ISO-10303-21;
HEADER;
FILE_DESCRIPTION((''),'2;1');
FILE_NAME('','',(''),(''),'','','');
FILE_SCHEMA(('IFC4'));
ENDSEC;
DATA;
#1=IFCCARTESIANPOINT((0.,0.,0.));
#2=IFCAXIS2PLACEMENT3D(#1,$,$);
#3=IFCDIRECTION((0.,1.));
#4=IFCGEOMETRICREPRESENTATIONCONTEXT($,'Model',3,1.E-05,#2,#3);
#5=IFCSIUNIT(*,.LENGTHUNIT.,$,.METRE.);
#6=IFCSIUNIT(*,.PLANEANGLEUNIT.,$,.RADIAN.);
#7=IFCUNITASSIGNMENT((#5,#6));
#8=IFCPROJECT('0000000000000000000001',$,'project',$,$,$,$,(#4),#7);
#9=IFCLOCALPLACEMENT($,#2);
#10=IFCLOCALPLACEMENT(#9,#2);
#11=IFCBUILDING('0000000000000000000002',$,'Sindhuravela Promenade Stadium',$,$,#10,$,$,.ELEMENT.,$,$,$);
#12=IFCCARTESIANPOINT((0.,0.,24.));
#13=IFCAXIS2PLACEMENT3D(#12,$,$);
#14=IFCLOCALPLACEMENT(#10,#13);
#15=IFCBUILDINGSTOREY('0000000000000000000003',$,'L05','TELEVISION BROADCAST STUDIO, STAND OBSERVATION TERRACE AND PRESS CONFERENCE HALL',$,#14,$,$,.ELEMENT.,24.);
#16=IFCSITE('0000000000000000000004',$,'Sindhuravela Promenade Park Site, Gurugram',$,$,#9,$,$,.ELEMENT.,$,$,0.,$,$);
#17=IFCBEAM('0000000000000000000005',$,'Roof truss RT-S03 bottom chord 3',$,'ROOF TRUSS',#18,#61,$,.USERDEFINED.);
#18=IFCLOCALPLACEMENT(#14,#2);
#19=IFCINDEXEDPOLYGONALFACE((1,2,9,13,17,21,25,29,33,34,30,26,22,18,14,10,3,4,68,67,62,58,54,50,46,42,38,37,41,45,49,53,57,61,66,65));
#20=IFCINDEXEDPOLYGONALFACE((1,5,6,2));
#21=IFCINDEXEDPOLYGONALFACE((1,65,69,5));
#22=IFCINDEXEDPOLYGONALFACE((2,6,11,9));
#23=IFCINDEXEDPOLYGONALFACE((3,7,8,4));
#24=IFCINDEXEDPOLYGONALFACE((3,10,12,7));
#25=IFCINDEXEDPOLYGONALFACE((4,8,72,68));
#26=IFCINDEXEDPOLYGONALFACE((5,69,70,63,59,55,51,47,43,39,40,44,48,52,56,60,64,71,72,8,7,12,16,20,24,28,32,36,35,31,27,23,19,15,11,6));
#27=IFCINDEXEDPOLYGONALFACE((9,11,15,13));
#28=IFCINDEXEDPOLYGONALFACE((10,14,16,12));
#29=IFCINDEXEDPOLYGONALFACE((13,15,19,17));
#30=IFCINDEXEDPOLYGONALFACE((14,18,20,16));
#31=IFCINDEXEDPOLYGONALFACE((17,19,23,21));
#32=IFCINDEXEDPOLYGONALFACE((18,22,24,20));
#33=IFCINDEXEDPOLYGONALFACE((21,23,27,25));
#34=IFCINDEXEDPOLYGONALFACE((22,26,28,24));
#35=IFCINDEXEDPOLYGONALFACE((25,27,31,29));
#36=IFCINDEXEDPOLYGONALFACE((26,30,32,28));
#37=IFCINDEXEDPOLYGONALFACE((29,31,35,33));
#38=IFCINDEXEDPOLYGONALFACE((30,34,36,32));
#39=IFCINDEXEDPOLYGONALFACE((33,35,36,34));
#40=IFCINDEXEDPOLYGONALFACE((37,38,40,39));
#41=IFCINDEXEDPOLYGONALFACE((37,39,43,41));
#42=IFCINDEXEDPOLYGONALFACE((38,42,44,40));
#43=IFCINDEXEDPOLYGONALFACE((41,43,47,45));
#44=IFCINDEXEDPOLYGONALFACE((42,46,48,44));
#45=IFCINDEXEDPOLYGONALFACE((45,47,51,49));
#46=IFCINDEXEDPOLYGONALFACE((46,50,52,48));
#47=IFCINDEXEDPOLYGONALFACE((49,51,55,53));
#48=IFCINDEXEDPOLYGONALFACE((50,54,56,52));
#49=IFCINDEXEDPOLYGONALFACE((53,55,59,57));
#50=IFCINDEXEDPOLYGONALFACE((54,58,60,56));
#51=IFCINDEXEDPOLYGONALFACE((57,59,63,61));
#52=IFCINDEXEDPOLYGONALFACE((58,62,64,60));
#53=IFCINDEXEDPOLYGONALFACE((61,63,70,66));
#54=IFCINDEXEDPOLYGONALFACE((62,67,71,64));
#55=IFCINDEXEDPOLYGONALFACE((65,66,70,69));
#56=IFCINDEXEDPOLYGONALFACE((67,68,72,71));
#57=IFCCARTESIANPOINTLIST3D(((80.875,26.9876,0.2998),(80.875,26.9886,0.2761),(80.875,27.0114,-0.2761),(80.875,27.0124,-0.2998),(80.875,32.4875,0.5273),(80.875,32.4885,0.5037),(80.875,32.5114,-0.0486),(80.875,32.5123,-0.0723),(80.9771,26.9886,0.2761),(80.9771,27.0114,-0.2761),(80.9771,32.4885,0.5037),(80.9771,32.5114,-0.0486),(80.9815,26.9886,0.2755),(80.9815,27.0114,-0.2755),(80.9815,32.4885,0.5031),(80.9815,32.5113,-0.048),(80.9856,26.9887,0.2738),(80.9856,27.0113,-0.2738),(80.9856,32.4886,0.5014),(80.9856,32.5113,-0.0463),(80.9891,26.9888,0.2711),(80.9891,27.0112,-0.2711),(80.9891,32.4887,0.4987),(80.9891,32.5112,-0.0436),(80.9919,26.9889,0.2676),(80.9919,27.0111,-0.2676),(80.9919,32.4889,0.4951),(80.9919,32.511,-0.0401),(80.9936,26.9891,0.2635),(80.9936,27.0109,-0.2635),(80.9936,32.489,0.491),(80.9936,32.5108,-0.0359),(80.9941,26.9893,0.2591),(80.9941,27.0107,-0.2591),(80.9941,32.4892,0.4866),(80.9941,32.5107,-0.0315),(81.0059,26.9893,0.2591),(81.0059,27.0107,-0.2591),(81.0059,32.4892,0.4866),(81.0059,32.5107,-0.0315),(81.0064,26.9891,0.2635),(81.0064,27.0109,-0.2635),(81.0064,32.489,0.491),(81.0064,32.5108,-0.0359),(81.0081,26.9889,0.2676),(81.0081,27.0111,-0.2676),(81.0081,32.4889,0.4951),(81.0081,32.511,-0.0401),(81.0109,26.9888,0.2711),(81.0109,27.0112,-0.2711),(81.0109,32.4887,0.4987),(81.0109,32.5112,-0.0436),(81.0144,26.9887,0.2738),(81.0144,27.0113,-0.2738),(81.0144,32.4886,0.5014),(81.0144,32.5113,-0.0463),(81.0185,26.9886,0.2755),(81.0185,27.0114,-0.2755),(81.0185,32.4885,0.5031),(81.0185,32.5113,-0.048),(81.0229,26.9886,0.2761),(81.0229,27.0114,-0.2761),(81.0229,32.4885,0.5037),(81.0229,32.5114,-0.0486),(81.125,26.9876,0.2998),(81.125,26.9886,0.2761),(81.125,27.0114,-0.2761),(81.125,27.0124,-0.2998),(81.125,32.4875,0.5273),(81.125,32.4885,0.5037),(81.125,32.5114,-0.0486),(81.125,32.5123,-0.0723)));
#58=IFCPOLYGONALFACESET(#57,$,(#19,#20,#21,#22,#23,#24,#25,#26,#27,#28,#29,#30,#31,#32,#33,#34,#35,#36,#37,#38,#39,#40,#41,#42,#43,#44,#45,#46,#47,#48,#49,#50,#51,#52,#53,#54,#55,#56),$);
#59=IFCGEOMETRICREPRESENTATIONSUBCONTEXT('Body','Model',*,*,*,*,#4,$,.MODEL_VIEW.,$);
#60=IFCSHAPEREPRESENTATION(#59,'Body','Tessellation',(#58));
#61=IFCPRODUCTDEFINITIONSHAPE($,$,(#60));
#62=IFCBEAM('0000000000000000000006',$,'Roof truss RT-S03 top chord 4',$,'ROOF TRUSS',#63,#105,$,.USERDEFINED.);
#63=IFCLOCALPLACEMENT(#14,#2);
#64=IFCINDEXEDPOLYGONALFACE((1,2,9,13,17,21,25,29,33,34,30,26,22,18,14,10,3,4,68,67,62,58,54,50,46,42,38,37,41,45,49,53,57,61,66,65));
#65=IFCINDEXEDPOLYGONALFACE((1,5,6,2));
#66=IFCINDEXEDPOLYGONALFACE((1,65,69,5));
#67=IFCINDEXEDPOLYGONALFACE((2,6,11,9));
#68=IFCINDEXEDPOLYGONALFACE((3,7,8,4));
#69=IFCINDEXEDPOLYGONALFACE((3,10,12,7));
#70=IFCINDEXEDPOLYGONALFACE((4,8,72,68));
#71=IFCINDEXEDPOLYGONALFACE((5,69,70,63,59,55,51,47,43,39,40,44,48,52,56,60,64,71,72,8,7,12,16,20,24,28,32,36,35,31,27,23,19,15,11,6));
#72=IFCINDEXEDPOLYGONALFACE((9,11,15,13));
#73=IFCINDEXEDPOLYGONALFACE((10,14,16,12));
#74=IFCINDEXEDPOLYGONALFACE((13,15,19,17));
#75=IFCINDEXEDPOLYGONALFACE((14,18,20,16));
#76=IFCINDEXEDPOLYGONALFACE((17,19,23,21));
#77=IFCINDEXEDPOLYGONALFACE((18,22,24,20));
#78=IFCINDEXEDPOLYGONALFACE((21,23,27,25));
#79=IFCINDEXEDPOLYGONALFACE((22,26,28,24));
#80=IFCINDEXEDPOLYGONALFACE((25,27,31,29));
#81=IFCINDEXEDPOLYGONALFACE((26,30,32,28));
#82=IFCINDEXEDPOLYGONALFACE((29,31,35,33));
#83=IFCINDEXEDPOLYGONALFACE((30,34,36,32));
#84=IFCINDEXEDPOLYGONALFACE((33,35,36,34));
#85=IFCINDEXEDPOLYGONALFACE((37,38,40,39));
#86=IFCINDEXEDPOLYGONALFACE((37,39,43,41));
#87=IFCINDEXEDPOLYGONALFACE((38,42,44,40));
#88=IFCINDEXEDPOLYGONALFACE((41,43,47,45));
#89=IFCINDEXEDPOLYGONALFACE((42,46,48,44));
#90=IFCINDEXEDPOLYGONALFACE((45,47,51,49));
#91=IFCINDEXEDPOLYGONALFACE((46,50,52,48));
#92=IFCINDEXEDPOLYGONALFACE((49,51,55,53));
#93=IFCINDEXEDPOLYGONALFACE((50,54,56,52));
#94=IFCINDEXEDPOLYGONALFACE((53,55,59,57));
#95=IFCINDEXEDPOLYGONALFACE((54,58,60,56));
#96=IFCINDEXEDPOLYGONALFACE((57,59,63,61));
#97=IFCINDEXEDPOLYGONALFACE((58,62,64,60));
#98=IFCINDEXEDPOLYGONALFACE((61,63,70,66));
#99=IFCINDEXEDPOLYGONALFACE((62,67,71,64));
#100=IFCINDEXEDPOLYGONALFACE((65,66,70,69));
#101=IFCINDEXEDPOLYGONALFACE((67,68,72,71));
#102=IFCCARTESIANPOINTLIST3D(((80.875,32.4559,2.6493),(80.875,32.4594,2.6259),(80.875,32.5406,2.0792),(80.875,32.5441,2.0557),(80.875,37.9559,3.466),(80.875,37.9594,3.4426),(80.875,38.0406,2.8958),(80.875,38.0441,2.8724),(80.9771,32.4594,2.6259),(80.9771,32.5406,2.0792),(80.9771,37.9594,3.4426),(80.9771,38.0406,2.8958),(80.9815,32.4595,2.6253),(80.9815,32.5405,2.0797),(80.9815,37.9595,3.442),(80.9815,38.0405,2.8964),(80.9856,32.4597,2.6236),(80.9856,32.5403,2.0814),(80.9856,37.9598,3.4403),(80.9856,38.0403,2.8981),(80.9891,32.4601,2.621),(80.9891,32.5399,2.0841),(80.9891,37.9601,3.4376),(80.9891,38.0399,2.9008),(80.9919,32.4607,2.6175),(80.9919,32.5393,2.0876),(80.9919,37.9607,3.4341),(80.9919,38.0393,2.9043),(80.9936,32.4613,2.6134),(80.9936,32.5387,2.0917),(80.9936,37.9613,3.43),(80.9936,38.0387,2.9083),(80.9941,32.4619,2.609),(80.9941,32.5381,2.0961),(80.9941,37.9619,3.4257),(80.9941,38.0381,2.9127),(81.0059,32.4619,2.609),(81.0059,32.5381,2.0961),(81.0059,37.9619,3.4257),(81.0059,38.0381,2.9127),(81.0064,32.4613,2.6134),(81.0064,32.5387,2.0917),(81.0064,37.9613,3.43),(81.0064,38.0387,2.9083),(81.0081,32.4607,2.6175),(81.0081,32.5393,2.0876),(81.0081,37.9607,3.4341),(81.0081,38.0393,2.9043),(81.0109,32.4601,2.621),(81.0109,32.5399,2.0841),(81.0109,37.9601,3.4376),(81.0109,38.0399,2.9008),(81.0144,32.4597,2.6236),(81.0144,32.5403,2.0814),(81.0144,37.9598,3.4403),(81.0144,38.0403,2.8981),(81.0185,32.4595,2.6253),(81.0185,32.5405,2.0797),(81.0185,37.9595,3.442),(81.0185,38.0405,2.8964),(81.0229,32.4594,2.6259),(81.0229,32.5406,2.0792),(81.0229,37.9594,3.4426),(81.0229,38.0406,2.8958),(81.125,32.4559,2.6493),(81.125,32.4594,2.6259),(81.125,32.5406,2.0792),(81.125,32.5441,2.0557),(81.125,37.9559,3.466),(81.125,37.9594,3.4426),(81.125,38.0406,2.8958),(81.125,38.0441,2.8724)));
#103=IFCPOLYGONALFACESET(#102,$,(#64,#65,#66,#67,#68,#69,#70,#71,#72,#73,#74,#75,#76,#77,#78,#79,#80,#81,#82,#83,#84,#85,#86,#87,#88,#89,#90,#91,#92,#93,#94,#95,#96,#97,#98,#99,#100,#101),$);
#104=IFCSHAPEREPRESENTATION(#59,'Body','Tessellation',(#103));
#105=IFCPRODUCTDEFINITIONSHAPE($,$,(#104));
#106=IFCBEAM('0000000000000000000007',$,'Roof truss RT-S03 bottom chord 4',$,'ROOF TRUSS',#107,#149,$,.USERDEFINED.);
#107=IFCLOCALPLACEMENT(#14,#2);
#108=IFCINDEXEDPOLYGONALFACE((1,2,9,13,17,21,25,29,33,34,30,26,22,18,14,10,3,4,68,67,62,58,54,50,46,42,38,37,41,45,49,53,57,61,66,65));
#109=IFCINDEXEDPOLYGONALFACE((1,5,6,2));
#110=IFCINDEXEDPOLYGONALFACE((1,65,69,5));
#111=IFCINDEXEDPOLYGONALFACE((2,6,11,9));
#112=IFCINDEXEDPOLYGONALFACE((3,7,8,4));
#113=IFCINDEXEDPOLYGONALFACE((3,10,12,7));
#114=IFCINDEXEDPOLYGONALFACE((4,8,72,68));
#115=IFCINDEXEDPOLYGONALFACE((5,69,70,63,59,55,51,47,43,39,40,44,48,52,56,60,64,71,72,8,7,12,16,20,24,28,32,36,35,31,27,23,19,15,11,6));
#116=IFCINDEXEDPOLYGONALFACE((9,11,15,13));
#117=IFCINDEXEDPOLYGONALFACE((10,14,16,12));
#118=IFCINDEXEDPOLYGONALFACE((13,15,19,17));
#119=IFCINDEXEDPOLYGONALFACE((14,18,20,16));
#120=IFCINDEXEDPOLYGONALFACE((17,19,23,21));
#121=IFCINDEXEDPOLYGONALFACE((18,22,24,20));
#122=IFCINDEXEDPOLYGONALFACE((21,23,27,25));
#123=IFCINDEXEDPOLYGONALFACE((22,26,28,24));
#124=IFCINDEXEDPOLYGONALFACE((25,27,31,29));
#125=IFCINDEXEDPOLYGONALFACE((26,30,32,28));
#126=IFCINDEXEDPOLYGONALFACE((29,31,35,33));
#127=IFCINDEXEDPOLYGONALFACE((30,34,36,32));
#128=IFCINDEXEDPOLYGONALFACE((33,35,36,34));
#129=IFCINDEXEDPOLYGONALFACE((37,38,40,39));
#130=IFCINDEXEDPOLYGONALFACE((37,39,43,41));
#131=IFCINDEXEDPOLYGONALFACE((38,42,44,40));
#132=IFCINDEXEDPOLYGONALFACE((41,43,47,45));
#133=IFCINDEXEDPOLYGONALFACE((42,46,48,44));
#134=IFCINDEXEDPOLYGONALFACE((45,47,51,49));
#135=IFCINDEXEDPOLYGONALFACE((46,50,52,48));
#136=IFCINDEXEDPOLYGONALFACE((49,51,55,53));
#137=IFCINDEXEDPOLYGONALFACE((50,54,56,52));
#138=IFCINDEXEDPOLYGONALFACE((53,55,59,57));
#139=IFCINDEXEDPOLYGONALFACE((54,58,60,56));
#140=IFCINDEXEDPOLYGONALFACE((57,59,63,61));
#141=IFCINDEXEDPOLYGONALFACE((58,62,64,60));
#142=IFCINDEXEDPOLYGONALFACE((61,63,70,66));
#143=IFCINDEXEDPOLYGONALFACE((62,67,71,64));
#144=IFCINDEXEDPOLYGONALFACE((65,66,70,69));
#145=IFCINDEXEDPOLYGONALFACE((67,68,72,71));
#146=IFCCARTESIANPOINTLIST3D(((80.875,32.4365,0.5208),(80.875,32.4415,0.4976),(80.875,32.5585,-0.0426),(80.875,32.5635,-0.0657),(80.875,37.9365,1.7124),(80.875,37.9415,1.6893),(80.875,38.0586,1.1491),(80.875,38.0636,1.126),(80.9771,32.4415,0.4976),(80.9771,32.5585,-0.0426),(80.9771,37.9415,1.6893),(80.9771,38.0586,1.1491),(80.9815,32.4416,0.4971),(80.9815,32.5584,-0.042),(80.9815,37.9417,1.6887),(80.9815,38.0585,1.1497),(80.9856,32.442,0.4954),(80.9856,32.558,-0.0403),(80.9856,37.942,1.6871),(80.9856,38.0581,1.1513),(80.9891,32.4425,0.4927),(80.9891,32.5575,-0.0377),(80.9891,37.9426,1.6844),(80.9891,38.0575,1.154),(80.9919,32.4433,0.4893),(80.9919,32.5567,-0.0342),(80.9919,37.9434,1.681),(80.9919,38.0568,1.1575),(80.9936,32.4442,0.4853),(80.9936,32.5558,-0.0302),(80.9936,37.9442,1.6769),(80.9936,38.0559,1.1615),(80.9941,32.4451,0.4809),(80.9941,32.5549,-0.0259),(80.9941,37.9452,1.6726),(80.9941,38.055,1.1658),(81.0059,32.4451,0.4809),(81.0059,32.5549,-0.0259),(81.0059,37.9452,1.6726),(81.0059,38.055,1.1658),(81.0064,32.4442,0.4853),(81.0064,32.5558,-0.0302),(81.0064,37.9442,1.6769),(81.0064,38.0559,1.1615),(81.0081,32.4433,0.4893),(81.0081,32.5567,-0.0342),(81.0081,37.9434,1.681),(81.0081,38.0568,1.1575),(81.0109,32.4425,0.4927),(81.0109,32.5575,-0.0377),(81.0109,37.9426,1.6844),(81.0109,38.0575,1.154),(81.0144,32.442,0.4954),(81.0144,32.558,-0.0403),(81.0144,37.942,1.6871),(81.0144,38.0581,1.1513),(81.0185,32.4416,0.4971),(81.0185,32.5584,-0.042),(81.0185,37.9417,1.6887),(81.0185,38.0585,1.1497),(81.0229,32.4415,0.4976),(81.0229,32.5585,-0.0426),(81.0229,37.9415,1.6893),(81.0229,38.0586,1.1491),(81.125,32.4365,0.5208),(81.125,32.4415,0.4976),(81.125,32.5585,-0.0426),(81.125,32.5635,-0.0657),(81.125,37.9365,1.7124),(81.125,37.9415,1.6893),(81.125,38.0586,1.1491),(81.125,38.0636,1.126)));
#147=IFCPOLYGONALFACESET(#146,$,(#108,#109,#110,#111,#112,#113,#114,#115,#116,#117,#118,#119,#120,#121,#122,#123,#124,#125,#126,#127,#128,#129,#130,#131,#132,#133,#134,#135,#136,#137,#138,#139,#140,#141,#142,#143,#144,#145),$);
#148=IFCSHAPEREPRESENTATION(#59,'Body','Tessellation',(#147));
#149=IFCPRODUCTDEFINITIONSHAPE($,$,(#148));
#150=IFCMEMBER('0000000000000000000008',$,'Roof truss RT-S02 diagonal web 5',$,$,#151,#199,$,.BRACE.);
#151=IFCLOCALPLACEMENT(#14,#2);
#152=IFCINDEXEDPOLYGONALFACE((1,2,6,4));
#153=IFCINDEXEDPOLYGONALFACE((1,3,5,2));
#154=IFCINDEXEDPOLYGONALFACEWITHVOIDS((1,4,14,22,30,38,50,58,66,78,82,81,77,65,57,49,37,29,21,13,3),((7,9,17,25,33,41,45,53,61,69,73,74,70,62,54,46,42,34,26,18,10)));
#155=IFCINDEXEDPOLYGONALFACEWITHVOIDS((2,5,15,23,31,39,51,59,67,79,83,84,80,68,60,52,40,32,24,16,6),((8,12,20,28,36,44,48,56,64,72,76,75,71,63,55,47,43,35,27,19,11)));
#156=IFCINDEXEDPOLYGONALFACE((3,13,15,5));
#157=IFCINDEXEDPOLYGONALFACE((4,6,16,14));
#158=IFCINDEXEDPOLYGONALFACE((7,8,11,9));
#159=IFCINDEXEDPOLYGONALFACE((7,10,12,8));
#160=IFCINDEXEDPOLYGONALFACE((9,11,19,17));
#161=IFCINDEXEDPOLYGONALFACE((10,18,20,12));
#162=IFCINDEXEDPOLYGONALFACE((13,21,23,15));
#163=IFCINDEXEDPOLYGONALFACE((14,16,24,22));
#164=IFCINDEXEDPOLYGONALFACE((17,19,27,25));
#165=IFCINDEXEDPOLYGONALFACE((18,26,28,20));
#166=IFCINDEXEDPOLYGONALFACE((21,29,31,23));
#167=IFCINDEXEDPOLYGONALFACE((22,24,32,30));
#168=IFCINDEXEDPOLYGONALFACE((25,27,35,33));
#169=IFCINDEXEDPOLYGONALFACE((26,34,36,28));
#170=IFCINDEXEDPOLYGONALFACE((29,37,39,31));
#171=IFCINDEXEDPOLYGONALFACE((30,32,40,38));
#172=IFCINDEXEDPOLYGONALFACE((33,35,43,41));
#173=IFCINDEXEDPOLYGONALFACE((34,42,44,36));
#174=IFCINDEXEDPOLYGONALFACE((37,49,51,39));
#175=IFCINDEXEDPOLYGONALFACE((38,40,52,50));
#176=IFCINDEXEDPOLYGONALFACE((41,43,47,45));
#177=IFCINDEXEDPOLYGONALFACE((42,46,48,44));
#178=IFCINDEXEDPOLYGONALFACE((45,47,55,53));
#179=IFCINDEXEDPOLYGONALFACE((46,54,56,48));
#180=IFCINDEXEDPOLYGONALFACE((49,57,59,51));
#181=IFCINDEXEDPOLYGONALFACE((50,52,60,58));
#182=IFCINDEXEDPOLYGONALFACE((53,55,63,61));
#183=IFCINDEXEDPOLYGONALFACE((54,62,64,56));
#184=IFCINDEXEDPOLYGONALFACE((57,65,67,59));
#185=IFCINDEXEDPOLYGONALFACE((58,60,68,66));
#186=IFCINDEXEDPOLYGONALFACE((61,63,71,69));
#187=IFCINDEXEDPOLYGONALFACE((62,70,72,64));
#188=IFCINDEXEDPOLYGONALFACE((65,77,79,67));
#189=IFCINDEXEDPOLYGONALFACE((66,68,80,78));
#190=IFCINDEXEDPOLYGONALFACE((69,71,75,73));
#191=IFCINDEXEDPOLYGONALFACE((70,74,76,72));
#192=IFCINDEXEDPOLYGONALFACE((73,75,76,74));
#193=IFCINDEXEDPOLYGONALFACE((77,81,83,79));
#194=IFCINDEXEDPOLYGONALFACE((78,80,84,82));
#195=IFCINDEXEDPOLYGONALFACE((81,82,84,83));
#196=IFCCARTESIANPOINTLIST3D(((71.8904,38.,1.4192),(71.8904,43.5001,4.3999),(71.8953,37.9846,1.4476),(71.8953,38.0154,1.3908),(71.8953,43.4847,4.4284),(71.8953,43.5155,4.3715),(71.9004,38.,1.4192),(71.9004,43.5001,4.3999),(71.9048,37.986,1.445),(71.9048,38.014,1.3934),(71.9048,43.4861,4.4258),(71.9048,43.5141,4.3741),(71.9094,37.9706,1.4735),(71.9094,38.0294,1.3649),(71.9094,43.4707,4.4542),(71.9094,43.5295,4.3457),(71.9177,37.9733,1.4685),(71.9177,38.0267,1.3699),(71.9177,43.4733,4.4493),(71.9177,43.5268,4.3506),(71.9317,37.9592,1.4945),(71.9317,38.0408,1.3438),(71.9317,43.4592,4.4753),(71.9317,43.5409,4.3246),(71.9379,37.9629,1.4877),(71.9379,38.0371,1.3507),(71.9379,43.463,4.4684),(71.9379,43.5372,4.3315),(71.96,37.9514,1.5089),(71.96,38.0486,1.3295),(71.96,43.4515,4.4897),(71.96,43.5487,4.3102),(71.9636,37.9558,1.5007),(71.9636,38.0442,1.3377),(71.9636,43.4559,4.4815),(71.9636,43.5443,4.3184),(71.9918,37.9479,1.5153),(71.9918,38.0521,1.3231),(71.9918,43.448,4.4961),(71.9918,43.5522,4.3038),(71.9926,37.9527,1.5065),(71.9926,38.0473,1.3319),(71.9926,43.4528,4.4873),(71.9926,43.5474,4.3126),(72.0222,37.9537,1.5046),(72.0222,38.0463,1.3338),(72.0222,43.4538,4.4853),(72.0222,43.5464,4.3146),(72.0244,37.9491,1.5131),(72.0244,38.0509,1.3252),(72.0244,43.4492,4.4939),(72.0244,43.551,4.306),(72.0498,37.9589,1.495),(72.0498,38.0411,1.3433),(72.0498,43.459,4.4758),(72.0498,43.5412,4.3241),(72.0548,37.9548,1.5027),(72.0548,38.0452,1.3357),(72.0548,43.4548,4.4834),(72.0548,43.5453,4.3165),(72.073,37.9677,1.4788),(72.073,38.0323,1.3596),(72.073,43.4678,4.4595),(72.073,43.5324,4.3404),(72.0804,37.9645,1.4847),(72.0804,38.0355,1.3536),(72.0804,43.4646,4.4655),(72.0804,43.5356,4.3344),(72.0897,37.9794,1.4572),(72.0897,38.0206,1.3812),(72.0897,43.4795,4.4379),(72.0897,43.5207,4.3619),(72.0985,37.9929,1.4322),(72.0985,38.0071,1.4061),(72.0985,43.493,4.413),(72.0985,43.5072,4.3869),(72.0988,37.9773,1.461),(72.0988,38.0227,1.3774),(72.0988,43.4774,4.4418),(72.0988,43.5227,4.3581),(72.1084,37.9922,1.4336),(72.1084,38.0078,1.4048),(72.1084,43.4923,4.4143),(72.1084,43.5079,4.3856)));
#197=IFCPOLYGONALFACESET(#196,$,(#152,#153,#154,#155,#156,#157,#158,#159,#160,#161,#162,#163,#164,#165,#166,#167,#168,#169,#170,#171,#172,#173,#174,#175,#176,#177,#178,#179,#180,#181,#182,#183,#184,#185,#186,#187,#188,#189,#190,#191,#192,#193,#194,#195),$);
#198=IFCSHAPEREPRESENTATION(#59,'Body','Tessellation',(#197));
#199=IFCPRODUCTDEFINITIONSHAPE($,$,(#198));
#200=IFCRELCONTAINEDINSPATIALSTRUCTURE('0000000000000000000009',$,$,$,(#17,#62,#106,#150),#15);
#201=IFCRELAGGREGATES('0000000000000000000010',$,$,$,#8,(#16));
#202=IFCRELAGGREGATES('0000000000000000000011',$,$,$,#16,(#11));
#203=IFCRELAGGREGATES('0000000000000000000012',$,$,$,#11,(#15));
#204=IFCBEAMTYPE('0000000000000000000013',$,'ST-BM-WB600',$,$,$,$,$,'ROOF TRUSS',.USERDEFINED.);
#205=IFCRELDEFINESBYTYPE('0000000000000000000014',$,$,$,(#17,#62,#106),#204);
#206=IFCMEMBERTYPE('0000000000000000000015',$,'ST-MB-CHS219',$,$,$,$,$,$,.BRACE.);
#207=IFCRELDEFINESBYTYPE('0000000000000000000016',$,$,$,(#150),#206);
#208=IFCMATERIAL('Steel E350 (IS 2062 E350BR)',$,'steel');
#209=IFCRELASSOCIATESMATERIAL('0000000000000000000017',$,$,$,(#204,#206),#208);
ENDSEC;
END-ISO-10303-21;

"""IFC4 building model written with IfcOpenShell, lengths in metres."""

from ifc_helpers import new_model, si_unit, direction, frame, origin, origin_2d, place, context, subcontext, project, spatial, hollow_circle, i_section, extrude, material, material_profile, profile_set, type_object, element, save


model = new_model("IFC4")

# Units and contexts
model_context = context("Model", 3, precision=1e-05, world=origin(), true_north=direction((0.0, 1.0)))
body_context = subcontext(model_context, "Body", "Model", "MODEL_VIEW")
ifc_project = project(units=[si_unit("LENGTHUNIT", "METRE"), si_unit("PLANEANGLEUNIT", "RADIAN")], contexts=[model_context])

# Site, building, storey
site_placement = place(None, origin())
site = spatial("IfcSite", under=ifc_project, at=site_placement, Name="Sindhuravela Promenade Park Site, Gurugram", CompositionType="ELEMENT", RefElevation=0.0)
building_placement = place(site_placement, origin())
building = spatial("IfcBuilding", under=site, at=building_placement, Name="Sindhuravela Promenade Stadium", CompositionType="ELEMENT")
storey_placement = place(building_placement, frame((0.0, 0.0, 24.0)))
storey = spatial("IfcBuildingStorey", under=building, at=storey_placement, Name="L05", Description="TELEVISION BROADCAST STUDIO, STAND OBSERVATION TERRACE AND PRESS CONFERENCE HALL", CompositionType="ELEMENT", Elevation=24.0)

# Beams
ifc_material_1 = material(Name="Steel E350 (IS 2062 E350BR)", Category="steel")
ifc_material_profile_1 = material_profile(ifc_material_1, i_section(OverallWidth=0.25, OverallDepth=0.6001, WebThickness=0.0117, FlangeThickness=0.0237, FilletRadius=0.0171, at=origin_2d()), Name="ISWB 600")
ifc_profile_set_1 = profile_set([ifc_material_profile_1], Name="Steel E350 (IS 2062 E350BR)")
beam_type_1 = type_object("IfcBeamType", Name="ST-BM-WB600", ElementType="ROOF TRUSS", PredefinedType="USERDEFINED", material=ifc_profile_set_1)
beam_1_placement = place(storey_placement, frame((81.0, 27.0, 0.0), z_axis=(0.0, 0.999145, 0.041335), x_axis=(-1.0, 0.0, 0.0)))
element("IfcBeam", 1, at=beam_1_placement, inside=storey, type_object=beam_type_1, Name="Roof truss RT-S03 bottom chord 3", ObjectType="ROOF TRUSS", PredefinedType="USERDEFINED", context=body_context, shape_type="SweptSolid", body=[
    extrude(i_section(OverallWidth=0.25, OverallDepth=0.6001, WebThickness=0.0117, FlangeThickness=0.0237, FilletRadius=0.0171, at=origin_2d()), origin(), (0.0, 0.0, 1.0), 5.5046),
])
beam_2_placement = place(storey_placement, frame((81.0, 32.5, 2.3525), z_axis=(0.0, 0.989156, 0.146872), x_axis=(-1.0, 0.0, 0.0)))
element("IfcBeam", 2, at=beam_2_placement, inside=storey, type_object=beam_type_1, Name="Roof truss RT-S03 top chord 4", ObjectType="ROOF TRUSS", PredefinedType="USERDEFINED", context=body_context, shape_type="SweptSolid", body=[
    extrude(i_section(OverallWidth=0.25, OverallDepth=0.6001, WebThickness=0.0117, FlangeThickness=0.0237, FilletRadius=0.0171, at=origin_2d()), origin(), (0.0, 0.0, 1.0), 5.5603),
])
beam_3_placement = place(storey_placement, frame((81.0, 32.5, 0.2275), z_axis=(0.0, 0.977324, 0.211751), x_axis=(-1.0, 0.0, 0.0)))
element("IfcBeam", 3, at=beam_3_placement, inside=storey, type_object=beam_type_1, Name="Roof truss RT-S03 bottom chord 4", ObjectType="ROOF TRUSS", PredefinedType="USERDEFINED", context=body_context, shape_type="SweptSolid", body=[
    extrude(i_section(OverallWidth=0.25, OverallDepth=0.6001, WebThickness=0.0117, FlangeThickness=0.0237, FilletRadius=0.0171, at=origin_2d()), origin(), (0.0, 0.0, 1.0), 5.6277),
])

# Member
ifc_material_profile_2 = material_profile(ifc_material_1, hollow_circle(Radius=0.1096, WallThickness=0.01, at=origin_2d()), Name="CHS 219.1x10")
ifc_profile_set_2 = profile_set([ifc_material_profile_2], Name="Steel E350 (IS 2062 E350BR)")
member_type_1 = type_object("IfcMemberType", Name="ST-MB-CHS219", PredefinedType="BRACE", material=ifc_profile_set_2)
member_1_placement = place(storey_placement, frame((72.0, 38.0, 1.4192), z_axis=(0.0, 0.879188, 0.476474), x_axis=(-1.0, 0.0, 0.0)))
element("IfcMember", 4, at=member_1_placement, inside=storey, type_object=member_type_1, Name="Roof truss RT-S02 diagonal web 5", PredefinedType="BRACE", context=body_context, shape_type="SweptSolid", body=[
    extrude(hollow_circle(Radius=0.1096, WallThickness=0.01, at=origin_2d()), origin(), (0.0, 0.0, 1.0), 6.2559),
])

save(model, "model.ifc")
